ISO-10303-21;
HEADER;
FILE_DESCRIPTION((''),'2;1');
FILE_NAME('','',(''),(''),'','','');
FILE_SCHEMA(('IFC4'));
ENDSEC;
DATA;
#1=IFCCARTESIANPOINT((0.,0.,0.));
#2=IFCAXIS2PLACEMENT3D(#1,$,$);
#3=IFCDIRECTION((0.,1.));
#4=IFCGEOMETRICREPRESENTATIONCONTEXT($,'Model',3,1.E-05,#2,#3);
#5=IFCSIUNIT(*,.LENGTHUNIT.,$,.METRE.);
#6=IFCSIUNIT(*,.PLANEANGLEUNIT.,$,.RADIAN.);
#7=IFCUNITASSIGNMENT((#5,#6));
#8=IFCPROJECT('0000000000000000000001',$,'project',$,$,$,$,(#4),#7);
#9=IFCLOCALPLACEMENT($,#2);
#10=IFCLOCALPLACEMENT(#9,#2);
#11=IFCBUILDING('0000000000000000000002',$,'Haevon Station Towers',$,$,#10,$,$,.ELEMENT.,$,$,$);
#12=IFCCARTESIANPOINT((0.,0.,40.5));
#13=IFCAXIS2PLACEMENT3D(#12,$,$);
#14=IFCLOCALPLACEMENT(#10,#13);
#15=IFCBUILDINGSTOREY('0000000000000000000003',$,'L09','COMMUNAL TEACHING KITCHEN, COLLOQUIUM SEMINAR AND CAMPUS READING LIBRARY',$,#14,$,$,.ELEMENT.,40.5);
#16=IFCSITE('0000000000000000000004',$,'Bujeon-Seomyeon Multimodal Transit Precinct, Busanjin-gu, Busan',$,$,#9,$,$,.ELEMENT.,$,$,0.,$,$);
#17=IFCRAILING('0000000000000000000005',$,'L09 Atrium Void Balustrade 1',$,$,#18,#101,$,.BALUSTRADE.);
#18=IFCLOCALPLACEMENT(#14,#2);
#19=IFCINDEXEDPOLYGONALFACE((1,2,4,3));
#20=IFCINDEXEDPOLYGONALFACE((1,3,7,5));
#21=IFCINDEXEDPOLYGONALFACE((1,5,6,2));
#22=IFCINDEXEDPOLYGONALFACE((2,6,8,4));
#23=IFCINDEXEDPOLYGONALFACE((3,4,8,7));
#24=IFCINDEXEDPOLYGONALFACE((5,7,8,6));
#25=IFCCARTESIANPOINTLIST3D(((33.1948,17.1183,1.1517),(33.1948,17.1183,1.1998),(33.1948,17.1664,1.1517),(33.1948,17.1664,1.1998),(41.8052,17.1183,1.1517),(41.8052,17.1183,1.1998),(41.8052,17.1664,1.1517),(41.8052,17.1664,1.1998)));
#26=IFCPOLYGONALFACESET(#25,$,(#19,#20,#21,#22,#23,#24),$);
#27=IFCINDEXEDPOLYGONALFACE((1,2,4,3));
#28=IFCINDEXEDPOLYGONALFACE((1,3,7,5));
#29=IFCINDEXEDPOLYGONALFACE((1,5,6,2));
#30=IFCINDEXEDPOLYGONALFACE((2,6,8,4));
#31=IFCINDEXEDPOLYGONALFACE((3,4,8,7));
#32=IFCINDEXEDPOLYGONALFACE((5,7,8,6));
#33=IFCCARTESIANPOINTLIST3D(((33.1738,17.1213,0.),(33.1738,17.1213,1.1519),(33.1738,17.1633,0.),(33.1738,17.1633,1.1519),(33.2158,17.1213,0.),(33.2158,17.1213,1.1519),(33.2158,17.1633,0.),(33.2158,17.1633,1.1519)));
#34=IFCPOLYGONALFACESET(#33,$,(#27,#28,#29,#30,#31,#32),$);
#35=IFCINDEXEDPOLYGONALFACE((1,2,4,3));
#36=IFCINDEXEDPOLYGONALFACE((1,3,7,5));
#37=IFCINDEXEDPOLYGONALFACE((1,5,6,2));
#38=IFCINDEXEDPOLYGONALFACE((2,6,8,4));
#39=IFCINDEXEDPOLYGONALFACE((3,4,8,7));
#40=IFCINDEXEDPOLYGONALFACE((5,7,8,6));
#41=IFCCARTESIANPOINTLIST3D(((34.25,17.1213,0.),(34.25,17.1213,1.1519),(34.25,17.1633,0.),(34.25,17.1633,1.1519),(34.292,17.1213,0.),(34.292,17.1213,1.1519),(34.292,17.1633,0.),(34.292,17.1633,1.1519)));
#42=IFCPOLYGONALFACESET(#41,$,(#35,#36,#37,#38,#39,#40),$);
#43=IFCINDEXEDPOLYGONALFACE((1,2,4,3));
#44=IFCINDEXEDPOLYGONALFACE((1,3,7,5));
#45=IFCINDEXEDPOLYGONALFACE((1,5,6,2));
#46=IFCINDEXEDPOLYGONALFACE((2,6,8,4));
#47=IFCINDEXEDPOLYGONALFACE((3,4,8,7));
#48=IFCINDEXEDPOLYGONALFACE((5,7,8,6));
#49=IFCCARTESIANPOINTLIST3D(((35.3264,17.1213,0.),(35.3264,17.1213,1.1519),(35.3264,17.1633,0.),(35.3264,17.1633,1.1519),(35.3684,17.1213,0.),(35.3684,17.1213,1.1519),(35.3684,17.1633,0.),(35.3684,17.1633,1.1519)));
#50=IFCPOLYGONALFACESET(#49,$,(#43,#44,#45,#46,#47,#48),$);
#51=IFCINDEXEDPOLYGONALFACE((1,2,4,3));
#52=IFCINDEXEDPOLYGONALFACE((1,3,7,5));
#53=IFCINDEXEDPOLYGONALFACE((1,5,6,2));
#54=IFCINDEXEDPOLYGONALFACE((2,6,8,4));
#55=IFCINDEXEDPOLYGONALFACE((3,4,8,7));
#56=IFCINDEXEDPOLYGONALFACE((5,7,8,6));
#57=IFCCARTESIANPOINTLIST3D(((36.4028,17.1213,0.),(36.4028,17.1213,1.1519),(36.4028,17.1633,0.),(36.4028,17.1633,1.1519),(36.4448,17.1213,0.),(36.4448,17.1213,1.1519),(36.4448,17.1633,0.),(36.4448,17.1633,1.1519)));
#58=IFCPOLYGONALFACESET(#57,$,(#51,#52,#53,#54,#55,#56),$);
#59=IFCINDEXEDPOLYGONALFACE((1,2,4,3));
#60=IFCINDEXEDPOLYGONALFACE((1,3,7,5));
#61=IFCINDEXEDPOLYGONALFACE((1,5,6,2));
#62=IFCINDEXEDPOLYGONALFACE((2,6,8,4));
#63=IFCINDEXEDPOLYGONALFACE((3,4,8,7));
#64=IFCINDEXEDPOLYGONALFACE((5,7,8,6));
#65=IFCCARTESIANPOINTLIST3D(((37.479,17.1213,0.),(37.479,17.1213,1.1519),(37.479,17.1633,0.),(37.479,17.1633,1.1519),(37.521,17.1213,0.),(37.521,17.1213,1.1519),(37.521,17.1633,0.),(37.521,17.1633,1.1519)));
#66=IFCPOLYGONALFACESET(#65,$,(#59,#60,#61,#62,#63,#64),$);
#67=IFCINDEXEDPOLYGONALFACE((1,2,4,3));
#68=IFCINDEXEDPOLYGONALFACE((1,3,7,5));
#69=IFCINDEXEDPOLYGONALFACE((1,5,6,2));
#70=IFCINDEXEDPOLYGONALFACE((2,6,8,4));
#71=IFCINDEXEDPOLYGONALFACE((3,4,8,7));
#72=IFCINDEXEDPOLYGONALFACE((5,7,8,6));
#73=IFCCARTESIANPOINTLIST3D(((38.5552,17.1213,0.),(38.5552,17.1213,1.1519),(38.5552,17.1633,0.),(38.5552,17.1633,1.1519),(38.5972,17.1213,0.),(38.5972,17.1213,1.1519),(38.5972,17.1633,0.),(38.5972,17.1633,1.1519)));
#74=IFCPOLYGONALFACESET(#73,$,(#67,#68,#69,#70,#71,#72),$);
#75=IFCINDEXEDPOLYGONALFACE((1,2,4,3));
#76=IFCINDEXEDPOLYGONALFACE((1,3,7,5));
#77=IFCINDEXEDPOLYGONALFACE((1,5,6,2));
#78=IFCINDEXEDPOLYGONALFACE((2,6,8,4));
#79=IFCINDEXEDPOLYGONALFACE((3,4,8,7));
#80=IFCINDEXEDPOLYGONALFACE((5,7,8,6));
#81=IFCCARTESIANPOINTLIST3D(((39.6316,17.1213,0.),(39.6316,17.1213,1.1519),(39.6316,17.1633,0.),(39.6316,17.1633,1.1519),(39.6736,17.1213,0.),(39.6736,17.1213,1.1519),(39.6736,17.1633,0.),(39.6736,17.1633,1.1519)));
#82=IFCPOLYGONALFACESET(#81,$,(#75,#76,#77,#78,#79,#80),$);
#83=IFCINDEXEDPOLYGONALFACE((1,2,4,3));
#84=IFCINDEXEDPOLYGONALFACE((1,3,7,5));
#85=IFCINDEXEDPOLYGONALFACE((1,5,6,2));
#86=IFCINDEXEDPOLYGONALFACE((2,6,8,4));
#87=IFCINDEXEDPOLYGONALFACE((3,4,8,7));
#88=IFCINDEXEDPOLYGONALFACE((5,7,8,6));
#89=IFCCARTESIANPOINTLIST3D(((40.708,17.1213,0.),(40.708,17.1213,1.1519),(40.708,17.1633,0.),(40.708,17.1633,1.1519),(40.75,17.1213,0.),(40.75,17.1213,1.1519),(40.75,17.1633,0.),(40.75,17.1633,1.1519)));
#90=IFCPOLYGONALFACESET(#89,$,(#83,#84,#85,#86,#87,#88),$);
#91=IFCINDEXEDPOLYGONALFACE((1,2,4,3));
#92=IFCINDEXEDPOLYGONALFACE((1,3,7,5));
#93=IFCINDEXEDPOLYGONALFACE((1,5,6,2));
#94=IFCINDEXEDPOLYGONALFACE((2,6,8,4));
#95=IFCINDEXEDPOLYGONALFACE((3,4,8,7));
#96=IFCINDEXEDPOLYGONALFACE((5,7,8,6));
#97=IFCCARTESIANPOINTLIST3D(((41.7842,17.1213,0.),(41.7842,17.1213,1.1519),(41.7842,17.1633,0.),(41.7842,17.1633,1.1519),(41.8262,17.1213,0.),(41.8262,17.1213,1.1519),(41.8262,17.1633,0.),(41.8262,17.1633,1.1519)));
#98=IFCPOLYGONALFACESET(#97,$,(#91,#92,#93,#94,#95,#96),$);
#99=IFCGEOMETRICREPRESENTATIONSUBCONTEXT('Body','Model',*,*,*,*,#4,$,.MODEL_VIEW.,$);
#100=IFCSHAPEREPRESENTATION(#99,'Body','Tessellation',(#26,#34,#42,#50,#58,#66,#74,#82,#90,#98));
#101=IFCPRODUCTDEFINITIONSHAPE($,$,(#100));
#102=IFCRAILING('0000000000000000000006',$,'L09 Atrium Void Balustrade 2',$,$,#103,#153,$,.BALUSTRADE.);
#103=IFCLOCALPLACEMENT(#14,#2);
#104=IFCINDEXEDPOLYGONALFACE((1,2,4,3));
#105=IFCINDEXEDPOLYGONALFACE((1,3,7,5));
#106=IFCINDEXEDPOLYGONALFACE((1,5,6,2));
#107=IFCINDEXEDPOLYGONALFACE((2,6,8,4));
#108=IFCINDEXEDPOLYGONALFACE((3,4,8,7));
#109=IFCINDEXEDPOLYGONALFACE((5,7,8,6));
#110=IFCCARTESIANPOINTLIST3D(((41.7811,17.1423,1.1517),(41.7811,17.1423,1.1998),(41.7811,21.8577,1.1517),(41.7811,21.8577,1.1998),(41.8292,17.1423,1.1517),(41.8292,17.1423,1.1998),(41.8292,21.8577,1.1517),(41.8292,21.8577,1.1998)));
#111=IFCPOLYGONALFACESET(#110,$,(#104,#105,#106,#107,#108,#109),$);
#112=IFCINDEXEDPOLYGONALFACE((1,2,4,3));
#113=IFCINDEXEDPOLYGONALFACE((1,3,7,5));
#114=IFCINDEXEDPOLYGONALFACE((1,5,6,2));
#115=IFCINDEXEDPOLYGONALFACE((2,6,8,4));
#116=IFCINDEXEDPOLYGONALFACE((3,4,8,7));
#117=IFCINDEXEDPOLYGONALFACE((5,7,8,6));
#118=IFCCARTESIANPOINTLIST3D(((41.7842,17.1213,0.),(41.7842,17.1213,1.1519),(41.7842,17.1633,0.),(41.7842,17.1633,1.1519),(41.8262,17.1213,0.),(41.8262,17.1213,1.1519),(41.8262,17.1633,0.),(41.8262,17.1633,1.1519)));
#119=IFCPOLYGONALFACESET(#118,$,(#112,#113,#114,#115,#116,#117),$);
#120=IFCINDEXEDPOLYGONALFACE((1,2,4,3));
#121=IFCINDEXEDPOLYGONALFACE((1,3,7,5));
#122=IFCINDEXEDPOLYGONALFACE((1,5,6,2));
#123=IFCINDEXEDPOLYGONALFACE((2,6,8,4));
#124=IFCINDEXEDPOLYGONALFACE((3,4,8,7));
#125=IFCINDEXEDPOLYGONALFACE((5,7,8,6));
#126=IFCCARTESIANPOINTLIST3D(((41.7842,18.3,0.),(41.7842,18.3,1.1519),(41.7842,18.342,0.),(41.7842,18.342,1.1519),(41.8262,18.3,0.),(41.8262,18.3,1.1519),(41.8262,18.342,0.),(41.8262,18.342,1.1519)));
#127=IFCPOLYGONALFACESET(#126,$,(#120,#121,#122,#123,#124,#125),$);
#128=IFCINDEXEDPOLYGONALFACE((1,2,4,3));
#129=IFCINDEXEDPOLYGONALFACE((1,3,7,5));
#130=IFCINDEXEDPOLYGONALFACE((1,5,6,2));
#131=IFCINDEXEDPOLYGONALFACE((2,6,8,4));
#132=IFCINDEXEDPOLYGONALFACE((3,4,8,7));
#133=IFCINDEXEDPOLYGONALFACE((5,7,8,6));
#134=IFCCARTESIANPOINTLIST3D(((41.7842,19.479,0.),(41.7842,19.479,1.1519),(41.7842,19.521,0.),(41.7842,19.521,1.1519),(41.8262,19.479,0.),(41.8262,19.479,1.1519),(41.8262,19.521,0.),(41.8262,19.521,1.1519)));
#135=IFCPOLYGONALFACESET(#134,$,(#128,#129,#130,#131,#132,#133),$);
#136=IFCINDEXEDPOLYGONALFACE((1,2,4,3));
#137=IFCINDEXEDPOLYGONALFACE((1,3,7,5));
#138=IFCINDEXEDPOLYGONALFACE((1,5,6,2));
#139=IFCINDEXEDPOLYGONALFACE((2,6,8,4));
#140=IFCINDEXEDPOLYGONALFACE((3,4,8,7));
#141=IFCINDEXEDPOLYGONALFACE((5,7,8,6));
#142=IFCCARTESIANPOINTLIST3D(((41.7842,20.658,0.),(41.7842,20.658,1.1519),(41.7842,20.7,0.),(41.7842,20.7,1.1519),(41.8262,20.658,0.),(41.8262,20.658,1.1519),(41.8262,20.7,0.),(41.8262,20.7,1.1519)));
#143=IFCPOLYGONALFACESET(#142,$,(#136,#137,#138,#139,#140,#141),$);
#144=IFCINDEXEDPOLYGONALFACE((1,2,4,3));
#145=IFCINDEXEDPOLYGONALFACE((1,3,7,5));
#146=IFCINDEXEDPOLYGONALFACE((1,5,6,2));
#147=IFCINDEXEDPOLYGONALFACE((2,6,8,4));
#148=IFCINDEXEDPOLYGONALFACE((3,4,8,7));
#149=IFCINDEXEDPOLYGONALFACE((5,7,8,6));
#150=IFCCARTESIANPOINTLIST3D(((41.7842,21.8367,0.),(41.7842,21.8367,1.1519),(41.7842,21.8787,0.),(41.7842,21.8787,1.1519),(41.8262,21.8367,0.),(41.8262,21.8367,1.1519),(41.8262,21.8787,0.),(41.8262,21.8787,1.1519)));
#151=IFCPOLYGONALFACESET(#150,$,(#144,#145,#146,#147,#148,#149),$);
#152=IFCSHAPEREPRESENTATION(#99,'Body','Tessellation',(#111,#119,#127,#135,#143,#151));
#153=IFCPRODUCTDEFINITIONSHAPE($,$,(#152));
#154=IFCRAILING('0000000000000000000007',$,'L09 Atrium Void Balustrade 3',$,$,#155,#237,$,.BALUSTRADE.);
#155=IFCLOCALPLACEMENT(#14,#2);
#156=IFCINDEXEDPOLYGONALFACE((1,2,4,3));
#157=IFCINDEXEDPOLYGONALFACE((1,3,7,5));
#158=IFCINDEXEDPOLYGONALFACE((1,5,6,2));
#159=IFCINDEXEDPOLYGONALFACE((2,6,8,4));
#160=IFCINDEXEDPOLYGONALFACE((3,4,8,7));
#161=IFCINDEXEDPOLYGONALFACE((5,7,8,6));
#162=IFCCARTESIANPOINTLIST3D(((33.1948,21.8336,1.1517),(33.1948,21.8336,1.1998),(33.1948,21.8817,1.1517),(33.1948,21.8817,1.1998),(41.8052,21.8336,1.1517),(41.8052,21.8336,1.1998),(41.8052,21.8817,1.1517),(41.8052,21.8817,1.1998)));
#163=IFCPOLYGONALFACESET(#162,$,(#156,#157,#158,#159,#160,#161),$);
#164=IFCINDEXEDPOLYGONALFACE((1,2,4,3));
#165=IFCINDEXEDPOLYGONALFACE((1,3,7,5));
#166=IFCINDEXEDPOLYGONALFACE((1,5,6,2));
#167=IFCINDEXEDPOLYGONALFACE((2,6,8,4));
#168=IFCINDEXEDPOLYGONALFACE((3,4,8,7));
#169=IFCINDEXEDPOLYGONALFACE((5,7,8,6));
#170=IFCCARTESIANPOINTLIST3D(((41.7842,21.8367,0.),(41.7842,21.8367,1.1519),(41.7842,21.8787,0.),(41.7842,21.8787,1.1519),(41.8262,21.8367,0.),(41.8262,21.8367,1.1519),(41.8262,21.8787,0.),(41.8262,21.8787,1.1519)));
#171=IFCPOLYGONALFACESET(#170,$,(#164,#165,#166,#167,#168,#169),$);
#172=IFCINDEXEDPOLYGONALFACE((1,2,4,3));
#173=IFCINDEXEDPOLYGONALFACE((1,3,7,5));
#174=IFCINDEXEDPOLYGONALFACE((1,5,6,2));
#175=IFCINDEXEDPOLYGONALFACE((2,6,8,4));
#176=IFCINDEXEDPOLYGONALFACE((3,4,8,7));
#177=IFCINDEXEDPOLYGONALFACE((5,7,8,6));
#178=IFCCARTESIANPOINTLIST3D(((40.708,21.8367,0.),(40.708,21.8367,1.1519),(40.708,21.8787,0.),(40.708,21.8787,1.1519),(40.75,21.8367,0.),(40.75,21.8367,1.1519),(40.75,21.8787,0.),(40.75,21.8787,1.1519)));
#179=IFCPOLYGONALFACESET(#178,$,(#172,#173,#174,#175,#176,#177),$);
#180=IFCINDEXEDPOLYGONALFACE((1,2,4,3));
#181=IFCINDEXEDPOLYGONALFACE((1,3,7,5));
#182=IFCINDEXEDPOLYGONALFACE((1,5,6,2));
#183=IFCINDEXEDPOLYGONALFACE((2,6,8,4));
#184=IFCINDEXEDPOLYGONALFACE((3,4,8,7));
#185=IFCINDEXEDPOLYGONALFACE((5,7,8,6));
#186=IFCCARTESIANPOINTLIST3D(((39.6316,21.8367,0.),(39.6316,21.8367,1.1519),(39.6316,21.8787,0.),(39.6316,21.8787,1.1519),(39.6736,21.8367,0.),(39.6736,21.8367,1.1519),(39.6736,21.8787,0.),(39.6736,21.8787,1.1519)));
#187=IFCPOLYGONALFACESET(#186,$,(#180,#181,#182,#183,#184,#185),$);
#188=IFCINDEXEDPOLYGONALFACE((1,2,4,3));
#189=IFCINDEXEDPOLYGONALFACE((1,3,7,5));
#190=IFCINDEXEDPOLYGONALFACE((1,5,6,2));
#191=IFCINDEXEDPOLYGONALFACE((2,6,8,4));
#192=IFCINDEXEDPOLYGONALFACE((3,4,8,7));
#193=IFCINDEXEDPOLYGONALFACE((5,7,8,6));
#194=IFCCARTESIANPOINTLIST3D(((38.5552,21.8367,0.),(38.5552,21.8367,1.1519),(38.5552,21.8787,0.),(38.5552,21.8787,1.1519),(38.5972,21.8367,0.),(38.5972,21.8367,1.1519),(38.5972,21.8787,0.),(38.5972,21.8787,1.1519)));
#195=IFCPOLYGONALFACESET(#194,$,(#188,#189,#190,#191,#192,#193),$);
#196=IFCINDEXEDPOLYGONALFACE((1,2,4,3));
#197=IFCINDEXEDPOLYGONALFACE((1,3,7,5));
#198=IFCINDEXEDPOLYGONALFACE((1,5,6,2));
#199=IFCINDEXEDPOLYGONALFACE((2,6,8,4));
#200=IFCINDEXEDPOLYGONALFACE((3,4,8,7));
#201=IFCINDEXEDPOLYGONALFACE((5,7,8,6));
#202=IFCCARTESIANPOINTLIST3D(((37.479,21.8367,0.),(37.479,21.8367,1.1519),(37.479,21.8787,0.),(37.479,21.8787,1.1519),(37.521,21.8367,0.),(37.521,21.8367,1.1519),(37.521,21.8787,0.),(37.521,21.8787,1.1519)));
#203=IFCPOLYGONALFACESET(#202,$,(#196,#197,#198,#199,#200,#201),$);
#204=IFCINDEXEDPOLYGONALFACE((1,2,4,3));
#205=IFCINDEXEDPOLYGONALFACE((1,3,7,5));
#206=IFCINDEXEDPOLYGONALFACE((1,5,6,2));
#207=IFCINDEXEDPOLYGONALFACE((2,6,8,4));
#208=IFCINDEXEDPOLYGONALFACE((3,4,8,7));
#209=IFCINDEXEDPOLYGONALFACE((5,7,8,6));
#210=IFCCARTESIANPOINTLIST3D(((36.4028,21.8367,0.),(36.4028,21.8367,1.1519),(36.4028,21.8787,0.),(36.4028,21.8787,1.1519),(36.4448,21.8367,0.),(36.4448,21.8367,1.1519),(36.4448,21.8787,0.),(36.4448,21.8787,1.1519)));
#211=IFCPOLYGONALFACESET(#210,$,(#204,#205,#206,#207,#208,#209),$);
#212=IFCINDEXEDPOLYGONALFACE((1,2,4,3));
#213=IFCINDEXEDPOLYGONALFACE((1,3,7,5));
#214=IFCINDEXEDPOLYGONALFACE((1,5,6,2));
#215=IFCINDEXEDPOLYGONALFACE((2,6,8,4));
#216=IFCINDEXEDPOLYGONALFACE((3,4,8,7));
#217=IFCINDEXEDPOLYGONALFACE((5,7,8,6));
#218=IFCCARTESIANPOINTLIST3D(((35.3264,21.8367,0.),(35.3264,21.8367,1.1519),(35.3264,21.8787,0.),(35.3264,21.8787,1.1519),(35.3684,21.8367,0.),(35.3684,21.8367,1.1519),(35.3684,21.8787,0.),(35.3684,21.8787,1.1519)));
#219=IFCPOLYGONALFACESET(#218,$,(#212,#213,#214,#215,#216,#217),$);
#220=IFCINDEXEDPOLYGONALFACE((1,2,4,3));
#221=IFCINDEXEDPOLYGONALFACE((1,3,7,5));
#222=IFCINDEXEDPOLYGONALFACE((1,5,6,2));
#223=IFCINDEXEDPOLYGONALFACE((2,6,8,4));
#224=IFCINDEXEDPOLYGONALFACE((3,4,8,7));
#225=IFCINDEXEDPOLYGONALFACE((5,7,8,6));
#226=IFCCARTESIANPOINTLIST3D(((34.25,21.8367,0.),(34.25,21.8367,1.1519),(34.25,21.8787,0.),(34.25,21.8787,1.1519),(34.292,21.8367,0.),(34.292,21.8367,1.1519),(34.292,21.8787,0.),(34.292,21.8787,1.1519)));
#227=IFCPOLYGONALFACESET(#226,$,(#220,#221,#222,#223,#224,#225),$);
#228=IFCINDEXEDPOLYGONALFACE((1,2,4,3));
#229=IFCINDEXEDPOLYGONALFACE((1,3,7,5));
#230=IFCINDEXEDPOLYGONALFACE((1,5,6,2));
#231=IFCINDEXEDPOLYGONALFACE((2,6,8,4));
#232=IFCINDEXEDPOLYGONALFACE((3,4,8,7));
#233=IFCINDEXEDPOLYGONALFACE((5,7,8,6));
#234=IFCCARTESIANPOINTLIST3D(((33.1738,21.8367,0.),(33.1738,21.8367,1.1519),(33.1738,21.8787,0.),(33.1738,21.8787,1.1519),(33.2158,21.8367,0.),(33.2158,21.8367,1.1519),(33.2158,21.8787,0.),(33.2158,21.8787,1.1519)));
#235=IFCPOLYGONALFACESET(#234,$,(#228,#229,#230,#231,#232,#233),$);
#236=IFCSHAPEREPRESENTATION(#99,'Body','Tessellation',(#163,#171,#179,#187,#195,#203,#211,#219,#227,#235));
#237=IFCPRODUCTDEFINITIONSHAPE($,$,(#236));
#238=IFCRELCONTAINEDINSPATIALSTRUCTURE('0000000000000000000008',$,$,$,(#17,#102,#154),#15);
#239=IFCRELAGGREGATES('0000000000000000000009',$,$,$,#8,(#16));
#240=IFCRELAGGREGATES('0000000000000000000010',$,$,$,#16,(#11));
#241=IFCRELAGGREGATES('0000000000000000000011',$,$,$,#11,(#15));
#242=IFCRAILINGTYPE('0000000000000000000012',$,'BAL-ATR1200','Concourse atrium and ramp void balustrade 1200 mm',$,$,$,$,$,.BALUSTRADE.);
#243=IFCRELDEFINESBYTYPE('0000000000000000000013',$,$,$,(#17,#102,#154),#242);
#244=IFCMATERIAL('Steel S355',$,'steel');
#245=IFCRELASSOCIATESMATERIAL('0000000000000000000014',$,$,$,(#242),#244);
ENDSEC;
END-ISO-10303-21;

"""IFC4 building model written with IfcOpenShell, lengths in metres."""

from ifc_helpers import new_model, si_unit, direction, frame, origin, origin_2d, place, context, subcontext, project, spatial, rectangle, extrude, material, type_object, element, save


model = new_model("IFC4")

# Units and contexts
model_context = context("Model", 3, precision=1e-05, world=origin(), true_north=direction((0.0, 1.0)))
body_context = subcontext(model_context, "Body", "Model", "MODEL_VIEW")
ifc_project = project(units=[si_unit("LENGTHUNIT", "METRE"), si_unit("PLANEANGLEUNIT", "RADIAN")], contexts=[model_context])

# Site, building, storey
site_placement = place(None, origin())
site = spatial("IfcSite", under=ifc_project, at=site_placement, Name="Bujeon-Seomyeon Multimodal Transit Precinct, Busanjin-gu, Busan", CompositionType="ELEMENT", RefElevation=0.0)
building_placement = place(site_placement, origin())
building = spatial("IfcBuilding", under=site, at=building_placement, Name="Haevon Station Towers", CompositionType="ELEMENT")
storey_placement = place(building_placement, frame((0.0, 0.0, 40.5)))
storey = spatial("IfcBuildingStorey", under=building, at=storey_placement, Name="L09", Description="COMMUNAL TEACHING KITCHEN, COLLOQUIUM SEMINAR AND CAMPUS READING LIBRARY", CompositionType="ELEMENT", Elevation=40.5)

# Shared definitions
ifc_material_1 = material(Name="Steel S355", Category="steel")

# Railings
railing_type_1 = type_object("IfcRailingType", Name="BAL-ATR1200", Description="Concourse atrium and ramp void balustrade 1200 mm", PredefinedType="BALUSTRADE", material=ifc_material_1)
railing_1_placement = place(storey_placement, frame((33.1948, 17.1423, 0.0)))
element("IfcRailing", 1, at=railing_1_placement, inside=storey, type_object=railing_type_1, Name="L09 Atrium Void Balustrade 1", PredefinedType="BALUSTRADE", context=body_context, shape_type="SweptSolid", body=[
    extrude(rectangle(XDim=0.0481, YDim=0.0481, at=origin_2d()), frame((0.0, 0.0, 1.1758), z_axis=(1.0, 0.0, 0.0), x_axis=(0.0, 1.0, 0.0)), (0.0, 0.0, 1.0), 8.6104),
    extrude(rectangle(XDim=0.042, YDim=0.042, at=origin_2d()), origin(), (0.0, 0.0, 1.0), 1.1519),
    extrude(rectangle(XDim=0.042, YDim=0.042, at=origin_2d()), frame((1.0762, 0.0, 0.0)), (0.0, 0.0, 1.0), 1.1519),
    extrude(rectangle(XDim=0.042, YDim=0.042, at=origin_2d()), frame((2.1526, 0.0, 0.0)), (0.0, 0.0, 1.0), 1.1519),
    extrude(rectangle(XDim=0.042, YDim=0.042, at=origin_2d()), frame((3.229, 0.0, 0.0)), (0.0, 0.0, 1.0), 1.1519),
    extrude(rectangle(XDim=0.042, YDim=0.042, at=origin_2d()), frame((4.3052, 0.0, 0.0)), (0.0, 0.0, 1.0), 1.1519),
    extrude(rectangle(XDim=0.042, YDim=0.042, at=origin_2d()), frame((5.3813, 0.0, 0.0)), (0.0, 0.0, 1.0), 1.1519),
    extrude(rectangle(XDim=0.042, YDim=0.042, at=origin_2d()), frame((6.4578, 0.0, 0.0)), (0.0, 0.0, 1.0), 1.1519),
    extrude(rectangle(XDim=0.042, YDim=0.042, at=origin_2d()), frame((7.5342, 0.0, 0.0)), (0.0, 0.0, 1.0), 1.1519),
    extrude(rectangle(XDim=0.042, YDim=0.042, at=origin_2d()), frame((8.6104, 0.0, 0.0)), (0.0, 0.0, 1.0), 1.1519),
])
railing_2_placement = place(storey_placement, frame((41.8052, 17.1423, 0.0)))
element("IfcRailing", 2, at=railing_2_placement, inside=storey, type_object=railing_type_1, Name="L09 Atrium Void Balustrade 2", PredefinedType="BALUSTRADE", context=body_context, shape_type="SweptSolid", body=[
    extrude(rectangle(XDim=0.0481, YDim=0.0481, at=origin_2d()), frame((0.0, 0.0, 1.1758), z_axis=(0.0, 1.0, 0.0), x_axis=(-1.0, 0.0, 0.0)), (0.0, 0.0, 1.0), 4.7153),
    extrude(rectangle(XDim=0.042, YDim=0.042, at=origin_2d()), origin(), (0.0, 0.0, 1.0), 1.1519),
    extrude(rectangle(XDim=0.042, YDim=0.042, at=origin_2d()), frame((0.0, 1.1787, 0.0)), (0.0, 0.0, 1.0), 1.1519),
    extrude(rectangle(XDim=0.042, YDim=0.042, at=origin_2d()), frame((0.0, 2.3577, 0.0)), (0.0, 0.0, 1.0), 1.1519),
    extrude(rectangle(XDim=0.042, YDim=0.042, at=origin_2d()), frame((0.0, 3.5366, 0.0)), (0.0, 0.0, 1.0), 1.1519),
    extrude(rectangle(XDim=0.042, YDim=0.042, at=origin_2d()), frame((0.0, 4.7153, 0.0)), (0.0, 0.0, 1.0), 1.1519),
])
railing_3_placement = place(storey_placement, frame((41.8052, 21.8577, 0.0)))
element("IfcRailing", 3, at=railing_3_placement, inside=storey, type_object=railing_type_1, Name="L09 Atrium Void Balustrade 3", PredefinedType="BALUSTRADE", context=body_context, shape_type="SweptSolid", body=[
    extrude(rectangle(XDim=0.0481, YDim=0.0481, at=origin_2d()), frame((0.0, 0.0, 1.1758), z_axis=(-1.0, 0.0, 0.0), x_axis=(0.0, -1.0, 0.0)), (0.0, 0.0, 1.0), 8.6104),
    extrude(rectangle(XDim=0.042, YDim=0.042, at=origin_2d()), origin(), (0.0, 0.0, 1.0), 1.1519),
    extrude(rectangle(XDim=0.042, YDim=0.042, at=origin_2d()), frame((-1.0762, 0.0, 0.0)), (0.0, 0.0, 1.0), 1.1519),
    extrude(rectangle(XDim=0.042, YDim=0.042, at=origin_2d()), frame((-2.1526, 0.0, 0.0)), (0.0, 0.0, 1.0), 1.1519),
    extrude(rectangle(XDim=0.042, YDim=0.042, at=origin_2d()), frame((-3.229, 0.0, 0.0)), (0.0, 0.0, 1.0), 1.1519),
    extrude(rectangle(XDim=0.042, YDim=0.042, at=origin_2d()), frame((-4.3052, 0.0, 0.0)), (0.0, 0.0, 1.0), 1.1519),
    extrude(rectangle(XDim=0.042, YDim=0.042, at=origin_2d()), frame((-5.3813, 0.0, 0.0)), (0.0, 0.0, 1.0), 1.1519),
    extrude(rectangle(XDim=0.042, YDim=0.042, at=origin_2d()), frame((-6.4578, 0.0, 0.0)), (0.0, 0.0, 1.0), 1.1519),
    extrude(rectangle(XDim=0.042, YDim=0.042, at=origin_2d()), frame((-7.5342, 0.0, 0.0)), (0.0, 0.0, 1.0), 1.1519),
    extrude(rectangle(XDim=0.042, YDim=0.042, at=origin_2d()), frame((-8.6104, 0.0, 0.0)), (0.0, 0.0, 1.0), 1.1519),
])

save(model, "model.ifc")
